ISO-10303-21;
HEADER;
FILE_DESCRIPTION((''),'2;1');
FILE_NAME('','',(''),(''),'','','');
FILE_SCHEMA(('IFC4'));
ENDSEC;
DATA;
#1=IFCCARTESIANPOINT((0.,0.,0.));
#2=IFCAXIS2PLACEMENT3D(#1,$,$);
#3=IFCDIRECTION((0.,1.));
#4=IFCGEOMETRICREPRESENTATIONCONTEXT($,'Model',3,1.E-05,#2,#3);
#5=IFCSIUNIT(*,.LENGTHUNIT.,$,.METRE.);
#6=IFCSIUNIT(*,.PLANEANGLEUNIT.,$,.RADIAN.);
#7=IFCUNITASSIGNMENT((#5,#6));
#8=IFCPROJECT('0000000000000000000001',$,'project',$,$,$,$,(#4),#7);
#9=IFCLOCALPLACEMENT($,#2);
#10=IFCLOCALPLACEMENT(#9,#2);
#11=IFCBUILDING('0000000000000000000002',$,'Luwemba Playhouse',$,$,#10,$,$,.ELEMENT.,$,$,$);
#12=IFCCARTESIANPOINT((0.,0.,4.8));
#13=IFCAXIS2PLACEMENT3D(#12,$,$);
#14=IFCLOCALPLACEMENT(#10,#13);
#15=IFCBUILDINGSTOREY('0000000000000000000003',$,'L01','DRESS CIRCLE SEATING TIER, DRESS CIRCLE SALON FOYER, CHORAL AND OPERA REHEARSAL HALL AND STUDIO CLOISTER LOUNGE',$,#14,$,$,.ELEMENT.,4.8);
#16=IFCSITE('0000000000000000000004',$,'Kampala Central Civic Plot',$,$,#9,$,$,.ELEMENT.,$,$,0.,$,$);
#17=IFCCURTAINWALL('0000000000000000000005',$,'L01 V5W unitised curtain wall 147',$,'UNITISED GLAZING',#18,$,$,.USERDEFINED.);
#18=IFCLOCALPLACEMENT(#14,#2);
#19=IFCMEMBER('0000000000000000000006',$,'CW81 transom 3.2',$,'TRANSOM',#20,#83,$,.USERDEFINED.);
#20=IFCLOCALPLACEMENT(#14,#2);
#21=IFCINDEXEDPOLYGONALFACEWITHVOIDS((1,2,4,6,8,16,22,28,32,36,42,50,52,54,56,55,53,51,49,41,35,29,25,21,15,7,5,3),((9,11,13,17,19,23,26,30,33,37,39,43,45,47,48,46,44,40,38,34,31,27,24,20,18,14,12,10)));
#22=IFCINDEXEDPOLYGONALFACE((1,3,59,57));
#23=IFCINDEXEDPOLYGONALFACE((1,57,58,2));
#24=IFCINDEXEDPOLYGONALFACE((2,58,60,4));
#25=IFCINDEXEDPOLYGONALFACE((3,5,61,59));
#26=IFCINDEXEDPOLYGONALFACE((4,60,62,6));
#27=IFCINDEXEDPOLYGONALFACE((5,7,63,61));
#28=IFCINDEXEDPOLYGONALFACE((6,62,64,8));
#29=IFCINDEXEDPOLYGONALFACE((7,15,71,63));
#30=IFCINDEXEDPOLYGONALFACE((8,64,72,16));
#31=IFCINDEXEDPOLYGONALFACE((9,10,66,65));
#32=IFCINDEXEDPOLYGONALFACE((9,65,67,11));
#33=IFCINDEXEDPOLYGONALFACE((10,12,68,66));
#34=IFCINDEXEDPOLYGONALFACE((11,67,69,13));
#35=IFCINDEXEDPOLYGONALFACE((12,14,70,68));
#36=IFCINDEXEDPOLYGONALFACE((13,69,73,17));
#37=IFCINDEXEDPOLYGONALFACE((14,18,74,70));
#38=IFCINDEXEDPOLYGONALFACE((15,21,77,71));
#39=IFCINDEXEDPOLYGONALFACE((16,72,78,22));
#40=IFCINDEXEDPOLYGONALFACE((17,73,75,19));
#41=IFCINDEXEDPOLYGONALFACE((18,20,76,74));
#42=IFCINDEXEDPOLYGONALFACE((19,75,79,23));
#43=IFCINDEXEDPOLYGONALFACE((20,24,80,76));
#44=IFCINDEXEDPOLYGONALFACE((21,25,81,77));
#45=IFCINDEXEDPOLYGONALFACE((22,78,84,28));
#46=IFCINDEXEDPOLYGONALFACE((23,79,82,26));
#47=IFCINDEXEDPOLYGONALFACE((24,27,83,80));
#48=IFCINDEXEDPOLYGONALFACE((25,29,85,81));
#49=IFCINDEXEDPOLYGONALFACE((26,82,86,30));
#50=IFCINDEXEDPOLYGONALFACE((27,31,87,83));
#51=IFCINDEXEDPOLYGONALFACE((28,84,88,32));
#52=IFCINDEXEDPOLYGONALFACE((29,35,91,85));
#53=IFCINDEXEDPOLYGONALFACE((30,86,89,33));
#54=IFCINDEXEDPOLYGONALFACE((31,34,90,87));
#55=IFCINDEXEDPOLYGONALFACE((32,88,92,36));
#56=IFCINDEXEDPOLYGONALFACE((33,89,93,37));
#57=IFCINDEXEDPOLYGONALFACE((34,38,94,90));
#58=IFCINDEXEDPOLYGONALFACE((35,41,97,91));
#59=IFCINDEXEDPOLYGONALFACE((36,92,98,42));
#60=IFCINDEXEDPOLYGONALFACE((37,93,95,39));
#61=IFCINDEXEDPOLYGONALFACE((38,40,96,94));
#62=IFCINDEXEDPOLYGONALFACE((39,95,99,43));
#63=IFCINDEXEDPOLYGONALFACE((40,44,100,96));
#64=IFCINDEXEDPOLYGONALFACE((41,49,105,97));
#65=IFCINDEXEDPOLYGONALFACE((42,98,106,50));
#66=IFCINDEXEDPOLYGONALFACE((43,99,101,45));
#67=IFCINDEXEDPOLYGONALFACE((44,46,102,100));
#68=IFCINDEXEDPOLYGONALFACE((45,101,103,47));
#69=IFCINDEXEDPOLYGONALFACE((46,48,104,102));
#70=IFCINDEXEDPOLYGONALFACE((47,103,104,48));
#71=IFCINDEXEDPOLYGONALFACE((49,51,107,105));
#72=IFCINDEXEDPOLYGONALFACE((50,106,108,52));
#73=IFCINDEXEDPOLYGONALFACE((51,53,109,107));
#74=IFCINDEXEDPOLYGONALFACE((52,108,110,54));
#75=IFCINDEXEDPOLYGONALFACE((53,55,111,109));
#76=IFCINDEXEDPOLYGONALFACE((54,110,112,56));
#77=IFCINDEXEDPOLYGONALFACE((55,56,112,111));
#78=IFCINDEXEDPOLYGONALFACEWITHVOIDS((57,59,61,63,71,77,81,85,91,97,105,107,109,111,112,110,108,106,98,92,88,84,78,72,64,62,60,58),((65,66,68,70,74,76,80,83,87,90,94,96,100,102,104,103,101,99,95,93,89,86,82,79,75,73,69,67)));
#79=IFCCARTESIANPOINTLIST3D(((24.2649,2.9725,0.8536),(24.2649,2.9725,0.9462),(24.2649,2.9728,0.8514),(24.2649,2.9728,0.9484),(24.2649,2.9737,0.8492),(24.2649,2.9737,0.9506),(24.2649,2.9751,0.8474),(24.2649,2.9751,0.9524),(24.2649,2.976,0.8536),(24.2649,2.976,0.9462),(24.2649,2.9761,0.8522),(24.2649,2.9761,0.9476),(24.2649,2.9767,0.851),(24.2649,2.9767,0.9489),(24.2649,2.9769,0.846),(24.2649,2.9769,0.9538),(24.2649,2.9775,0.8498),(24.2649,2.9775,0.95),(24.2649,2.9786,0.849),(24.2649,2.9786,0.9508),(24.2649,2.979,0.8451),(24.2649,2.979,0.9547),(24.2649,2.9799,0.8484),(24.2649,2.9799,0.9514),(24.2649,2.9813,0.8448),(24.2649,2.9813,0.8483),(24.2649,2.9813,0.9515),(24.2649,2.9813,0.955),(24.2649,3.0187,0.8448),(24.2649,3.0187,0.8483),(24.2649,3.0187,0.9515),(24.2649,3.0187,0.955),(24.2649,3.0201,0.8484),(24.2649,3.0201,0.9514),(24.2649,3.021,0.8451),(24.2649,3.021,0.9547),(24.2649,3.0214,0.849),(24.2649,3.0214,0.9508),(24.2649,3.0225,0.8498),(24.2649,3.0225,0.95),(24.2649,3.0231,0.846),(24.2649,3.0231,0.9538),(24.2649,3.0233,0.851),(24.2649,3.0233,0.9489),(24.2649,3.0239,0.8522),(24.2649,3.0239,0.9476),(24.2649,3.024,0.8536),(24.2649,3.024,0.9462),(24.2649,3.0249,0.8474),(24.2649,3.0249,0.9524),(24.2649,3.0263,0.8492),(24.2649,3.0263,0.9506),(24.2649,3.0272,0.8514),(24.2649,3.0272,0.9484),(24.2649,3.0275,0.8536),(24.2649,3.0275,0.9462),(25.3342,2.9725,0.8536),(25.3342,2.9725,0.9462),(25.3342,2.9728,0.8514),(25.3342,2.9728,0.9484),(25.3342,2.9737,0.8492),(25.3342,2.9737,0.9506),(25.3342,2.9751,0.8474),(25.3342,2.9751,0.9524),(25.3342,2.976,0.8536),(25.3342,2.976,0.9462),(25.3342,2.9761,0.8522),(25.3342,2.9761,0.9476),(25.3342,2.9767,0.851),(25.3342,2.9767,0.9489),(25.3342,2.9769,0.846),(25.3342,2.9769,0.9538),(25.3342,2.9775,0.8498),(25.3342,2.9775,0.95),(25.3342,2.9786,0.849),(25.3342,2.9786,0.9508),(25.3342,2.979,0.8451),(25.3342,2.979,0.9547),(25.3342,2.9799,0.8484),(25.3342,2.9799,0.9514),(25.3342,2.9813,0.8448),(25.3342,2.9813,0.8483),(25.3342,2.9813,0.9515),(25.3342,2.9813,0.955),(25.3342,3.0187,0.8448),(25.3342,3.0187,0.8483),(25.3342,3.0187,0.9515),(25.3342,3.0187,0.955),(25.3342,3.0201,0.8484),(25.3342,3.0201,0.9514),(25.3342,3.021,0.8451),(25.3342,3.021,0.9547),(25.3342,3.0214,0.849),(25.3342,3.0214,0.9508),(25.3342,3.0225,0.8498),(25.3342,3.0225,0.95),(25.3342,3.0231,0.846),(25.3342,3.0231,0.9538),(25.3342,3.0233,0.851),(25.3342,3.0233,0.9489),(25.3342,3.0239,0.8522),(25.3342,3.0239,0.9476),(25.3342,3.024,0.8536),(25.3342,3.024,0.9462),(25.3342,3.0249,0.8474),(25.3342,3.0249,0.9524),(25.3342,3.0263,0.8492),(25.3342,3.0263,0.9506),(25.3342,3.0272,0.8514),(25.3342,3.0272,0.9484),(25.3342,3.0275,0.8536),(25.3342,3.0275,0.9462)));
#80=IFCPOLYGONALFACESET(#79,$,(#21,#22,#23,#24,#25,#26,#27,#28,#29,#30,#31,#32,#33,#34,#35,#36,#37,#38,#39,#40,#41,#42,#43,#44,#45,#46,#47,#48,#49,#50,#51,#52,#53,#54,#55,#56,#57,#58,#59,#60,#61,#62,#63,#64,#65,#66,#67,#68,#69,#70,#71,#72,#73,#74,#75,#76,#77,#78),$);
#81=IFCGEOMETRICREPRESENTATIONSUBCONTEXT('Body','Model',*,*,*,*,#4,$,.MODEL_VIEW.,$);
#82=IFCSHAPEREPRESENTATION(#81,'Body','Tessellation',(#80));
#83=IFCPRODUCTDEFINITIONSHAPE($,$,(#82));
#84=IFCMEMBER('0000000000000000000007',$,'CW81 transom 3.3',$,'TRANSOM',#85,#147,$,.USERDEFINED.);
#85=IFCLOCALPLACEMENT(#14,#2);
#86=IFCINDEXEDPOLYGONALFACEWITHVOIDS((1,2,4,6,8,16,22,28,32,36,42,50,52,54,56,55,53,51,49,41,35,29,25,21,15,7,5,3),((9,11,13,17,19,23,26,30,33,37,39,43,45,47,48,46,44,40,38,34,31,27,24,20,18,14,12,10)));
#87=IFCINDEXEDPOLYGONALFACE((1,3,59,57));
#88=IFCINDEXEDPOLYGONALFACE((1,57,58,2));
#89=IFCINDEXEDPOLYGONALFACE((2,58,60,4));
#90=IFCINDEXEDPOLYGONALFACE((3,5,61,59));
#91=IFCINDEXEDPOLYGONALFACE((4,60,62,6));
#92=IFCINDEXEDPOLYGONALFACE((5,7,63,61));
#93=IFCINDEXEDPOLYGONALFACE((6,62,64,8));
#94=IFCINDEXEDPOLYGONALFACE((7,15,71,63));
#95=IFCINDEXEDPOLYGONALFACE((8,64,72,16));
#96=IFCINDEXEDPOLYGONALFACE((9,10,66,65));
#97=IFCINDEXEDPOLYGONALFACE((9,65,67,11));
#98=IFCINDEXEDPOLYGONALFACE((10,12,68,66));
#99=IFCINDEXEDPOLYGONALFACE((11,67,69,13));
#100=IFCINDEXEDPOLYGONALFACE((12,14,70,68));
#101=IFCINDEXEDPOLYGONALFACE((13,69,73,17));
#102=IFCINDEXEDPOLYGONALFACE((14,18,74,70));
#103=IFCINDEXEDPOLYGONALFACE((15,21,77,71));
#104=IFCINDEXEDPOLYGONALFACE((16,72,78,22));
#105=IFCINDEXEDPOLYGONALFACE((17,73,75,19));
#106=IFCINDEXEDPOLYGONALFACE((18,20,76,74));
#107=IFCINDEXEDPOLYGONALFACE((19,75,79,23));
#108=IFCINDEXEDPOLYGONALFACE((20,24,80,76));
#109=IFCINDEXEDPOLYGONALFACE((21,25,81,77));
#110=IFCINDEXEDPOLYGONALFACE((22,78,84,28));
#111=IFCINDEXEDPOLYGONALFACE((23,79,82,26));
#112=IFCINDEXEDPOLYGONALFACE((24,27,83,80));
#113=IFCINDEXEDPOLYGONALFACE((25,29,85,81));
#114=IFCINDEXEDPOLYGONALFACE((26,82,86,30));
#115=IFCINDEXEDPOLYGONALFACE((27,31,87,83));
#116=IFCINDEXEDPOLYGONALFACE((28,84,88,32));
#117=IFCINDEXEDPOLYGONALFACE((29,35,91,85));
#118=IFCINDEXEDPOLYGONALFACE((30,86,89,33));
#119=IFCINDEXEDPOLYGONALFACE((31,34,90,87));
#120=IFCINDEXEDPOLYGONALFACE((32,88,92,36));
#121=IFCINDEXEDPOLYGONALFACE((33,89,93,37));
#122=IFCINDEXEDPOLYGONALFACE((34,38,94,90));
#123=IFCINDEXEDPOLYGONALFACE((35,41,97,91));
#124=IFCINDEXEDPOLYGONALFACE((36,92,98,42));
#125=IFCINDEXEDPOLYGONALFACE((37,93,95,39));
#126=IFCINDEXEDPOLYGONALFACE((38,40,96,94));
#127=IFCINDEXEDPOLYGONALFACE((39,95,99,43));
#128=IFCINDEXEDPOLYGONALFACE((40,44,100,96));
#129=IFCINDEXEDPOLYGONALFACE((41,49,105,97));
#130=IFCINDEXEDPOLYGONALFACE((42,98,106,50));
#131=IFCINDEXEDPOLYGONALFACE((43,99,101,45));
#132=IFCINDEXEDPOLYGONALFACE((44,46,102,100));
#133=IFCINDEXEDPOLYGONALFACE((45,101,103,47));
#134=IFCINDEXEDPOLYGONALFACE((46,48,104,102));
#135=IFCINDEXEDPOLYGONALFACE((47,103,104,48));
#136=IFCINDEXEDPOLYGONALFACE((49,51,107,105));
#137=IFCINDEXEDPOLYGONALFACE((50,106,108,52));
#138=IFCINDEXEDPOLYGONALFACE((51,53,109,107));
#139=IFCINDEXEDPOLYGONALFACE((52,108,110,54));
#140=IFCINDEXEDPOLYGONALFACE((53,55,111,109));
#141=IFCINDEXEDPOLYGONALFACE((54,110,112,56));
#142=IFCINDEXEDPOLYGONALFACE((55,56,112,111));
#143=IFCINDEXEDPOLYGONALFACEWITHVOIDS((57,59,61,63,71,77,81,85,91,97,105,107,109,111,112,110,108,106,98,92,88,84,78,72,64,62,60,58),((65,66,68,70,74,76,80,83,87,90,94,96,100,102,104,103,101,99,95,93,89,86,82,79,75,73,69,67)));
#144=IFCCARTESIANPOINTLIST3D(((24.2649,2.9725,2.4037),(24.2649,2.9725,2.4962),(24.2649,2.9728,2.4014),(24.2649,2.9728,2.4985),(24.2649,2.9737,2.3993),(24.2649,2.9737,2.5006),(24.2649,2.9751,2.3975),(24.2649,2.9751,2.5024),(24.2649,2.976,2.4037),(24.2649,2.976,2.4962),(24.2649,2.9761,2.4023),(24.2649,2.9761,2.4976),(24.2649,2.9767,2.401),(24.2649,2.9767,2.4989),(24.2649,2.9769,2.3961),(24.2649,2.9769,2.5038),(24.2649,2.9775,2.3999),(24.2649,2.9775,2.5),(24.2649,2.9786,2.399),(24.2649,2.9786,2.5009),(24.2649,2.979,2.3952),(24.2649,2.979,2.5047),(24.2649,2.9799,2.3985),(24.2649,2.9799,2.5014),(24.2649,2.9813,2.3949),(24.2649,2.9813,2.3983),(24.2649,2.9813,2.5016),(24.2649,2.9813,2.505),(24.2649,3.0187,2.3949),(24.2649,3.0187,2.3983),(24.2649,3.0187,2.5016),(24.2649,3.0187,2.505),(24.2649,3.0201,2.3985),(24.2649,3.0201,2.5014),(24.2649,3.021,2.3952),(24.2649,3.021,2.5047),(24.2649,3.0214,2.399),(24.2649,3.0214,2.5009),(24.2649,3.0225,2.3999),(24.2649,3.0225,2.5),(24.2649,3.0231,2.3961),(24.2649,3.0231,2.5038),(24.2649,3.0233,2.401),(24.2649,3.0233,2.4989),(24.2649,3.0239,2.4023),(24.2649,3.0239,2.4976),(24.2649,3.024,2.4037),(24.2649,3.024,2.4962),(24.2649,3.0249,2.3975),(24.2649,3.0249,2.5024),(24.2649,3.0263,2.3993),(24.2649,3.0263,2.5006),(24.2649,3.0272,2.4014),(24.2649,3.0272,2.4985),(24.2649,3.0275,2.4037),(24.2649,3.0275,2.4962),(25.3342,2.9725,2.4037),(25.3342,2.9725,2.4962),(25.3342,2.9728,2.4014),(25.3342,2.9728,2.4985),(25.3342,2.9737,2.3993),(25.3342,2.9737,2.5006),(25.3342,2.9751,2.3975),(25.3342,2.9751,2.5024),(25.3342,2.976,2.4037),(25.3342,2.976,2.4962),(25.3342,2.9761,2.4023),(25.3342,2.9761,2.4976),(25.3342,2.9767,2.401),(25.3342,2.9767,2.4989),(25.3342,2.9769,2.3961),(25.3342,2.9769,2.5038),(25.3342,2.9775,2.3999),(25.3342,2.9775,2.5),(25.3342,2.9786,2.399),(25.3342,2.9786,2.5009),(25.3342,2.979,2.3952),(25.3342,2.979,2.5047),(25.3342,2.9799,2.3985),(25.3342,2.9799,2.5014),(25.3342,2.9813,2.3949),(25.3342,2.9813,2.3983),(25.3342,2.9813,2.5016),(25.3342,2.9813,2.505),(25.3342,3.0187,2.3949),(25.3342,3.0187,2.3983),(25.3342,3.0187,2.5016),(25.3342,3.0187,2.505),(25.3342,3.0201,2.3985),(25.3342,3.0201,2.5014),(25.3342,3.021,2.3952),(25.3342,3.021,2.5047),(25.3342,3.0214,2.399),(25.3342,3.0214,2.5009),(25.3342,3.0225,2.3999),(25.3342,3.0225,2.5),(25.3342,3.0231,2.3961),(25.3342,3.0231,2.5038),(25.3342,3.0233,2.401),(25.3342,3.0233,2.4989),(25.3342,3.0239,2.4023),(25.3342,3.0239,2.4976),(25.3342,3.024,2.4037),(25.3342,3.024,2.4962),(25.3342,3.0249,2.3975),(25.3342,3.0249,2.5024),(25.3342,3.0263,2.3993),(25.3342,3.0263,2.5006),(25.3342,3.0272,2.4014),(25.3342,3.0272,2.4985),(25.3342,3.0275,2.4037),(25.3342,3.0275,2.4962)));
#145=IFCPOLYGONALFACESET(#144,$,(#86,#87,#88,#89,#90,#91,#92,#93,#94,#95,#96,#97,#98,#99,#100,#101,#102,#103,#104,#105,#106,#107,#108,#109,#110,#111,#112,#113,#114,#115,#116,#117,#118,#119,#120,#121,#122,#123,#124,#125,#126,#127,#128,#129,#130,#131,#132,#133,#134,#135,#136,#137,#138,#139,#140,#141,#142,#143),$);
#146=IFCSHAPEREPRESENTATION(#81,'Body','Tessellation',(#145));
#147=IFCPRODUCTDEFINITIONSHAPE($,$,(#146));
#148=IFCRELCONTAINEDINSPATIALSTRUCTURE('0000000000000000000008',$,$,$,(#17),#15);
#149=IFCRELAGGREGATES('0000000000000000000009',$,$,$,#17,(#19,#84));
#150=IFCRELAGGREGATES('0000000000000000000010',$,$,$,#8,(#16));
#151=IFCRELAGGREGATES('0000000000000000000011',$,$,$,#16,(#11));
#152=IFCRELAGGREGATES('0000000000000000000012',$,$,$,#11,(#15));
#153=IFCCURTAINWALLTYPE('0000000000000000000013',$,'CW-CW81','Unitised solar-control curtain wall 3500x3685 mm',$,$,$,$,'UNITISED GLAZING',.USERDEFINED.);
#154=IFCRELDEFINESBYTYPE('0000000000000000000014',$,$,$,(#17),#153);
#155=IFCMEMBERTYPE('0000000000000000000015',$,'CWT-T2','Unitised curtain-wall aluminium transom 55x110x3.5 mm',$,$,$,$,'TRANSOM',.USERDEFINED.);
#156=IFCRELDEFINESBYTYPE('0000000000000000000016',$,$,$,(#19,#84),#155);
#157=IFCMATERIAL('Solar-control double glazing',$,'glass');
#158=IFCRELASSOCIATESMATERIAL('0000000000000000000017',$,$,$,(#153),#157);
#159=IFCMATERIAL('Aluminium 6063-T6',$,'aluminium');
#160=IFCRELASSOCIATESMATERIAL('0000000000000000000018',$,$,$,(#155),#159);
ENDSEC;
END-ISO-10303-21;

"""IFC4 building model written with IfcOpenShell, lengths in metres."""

from ifc_helpers import new_model, si_unit, direction, frame, origin, origin_2d, place, context, subcontext, project, spatial, hollow_rectangle, extrude, material, material_profile, profile_set, type_object, element, aggregate, save


model = new_model("IFC4")

# Units and contexts
model_context = context("Model", 3, precision=1e-05, world=origin(), true_north=direction((0.0, 1.0)))
body_context = subcontext(model_context, "Body", "Model", "MODEL_VIEW")
ifc_project = project(units=[si_unit("LENGTHUNIT", "METRE"), si_unit("PLANEANGLEUNIT", "RADIAN")], contexts=[model_context])

# Site, building, storey
site_placement = place(None, origin())
site = spatial("IfcSite", under=ifc_project, at=site_placement, Name="Kampala Central Civic Plot", CompositionType="ELEMENT", RefElevation=0.0)
building_placement = place(site_placement, origin())
building = spatial("IfcBuilding", under=site, at=building_placement, Name="Luwemba Playhouse", CompositionType="ELEMENT")
storey_placement = place(building_placement, frame((0.0, 0.0, 4.8)))
storey = spatial("IfcBuildingStorey", under=building, at=storey_placement, Name="L01", Description="DRESS CIRCLE SEATING TIER, DRESS CIRCLE SALON FOYER, CHORAL AND OPERA REHEARSAL HALL AND STUDIO CLOISTER LOUNGE", CompositionType="ELEMENT", Elevation=4.8)

# Shared definitions
ifc_material_1 = material(Name="Solar-control double glazing", Category="glass")
ifc_material_2 = material(Name="Aluminium 6063-T6", Category="aluminium")

# Curtain wall, members
curtain_wall_type_1 = type_object("IfcCurtainWallType", Name="CW-CW81", Description="Unitised solar-control curtain wall 3500x3685 mm", ElementType="UNITISED GLAZING", PredefinedType="USERDEFINED", material=ifc_material_1)
curtain_wall_1_placement = place(storey_placement, origin())
curtain_wall_1 = element("IfcCurtainWall", 1, at=curtain_wall_1_placement, inside=storey, type_object=curtain_wall_type_1, Name="L01 V5W unitised curtain wall 147", ObjectType="UNITISED GLAZING", PredefinedType="USERDEFINED")
ifc_material_profile_1 = material_profile(ifc_material_2, hollow_rectangle(XDim=0.0549, YDim=0.1101, WallThickness=0.0034, InnerFilletRadius=0.0054, OuterFilletRadius=0.0088, at=origin_2d()))
ifc_profile_set_1 = profile_set([ifc_material_profile_1], Name="Aluminium 6063-T6")
member_type_1 = type_object("IfcMemberType", Name="CWT-T2", Description="Unitised curtain-wall aluminium transom 55x110x3.5 mm", ElementType="TRANSOM", PredefinedType="USERDEFINED", material=ifc_profile_set_1)
member_1_placement = place(storey_placement, frame((25.3342, 3.0, 0.8999), z_axis=(-1.0, 0.0, 0.0), x_axis=(0.0, -1.0, 0.0)))
member_1 = element("IfcMember", 2, at=member_1_placement, type_object=member_type_1, Name="CW81 transom 3.2", ObjectType="TRANSOM", PredefinedType="USERDEFINED", context=body_context, shape_type="SweptSolid", body=[
    extrude(hollow_rectangle(XDim=0.0549, YDim=0.1101, WallThickness=0.0034, InnerFilletRadius=0.0054, OuterFilletRadius=0.0088, at=origin_2d()), origin(), (0.0, 0.0, 1.0), 1.0693),
])
member_2_placement = place(storey_placement, frame((25.3342, 3.0, 2.45), z_axis=(-1.0, 0.0, 0.0), x_axis=(0.0, -1.0, 0.0)))
member_2 = element("IfcMember", 3, at=member_2_placement, type_object=member_type_1, Name="CW81 transom 3.3", ObjectType="TRANSOM", PredefinedType="USERDEFINED", context=body_context, shape_type="SweptSolid", body=[
    extrude(hollow_rectangle(XDim=0.0549, YDim=0.1101, WallThickness=0.0034, InnerFilletRadius=0.0054, OuterFilletRadius=0.0088, at=origin_2d()), origin(), (0.0, 0.0, 1.0), 1.0693),
])
aggregate(curtain_wall_1, [member_1, member_2])

save(model, "model.ifc")
